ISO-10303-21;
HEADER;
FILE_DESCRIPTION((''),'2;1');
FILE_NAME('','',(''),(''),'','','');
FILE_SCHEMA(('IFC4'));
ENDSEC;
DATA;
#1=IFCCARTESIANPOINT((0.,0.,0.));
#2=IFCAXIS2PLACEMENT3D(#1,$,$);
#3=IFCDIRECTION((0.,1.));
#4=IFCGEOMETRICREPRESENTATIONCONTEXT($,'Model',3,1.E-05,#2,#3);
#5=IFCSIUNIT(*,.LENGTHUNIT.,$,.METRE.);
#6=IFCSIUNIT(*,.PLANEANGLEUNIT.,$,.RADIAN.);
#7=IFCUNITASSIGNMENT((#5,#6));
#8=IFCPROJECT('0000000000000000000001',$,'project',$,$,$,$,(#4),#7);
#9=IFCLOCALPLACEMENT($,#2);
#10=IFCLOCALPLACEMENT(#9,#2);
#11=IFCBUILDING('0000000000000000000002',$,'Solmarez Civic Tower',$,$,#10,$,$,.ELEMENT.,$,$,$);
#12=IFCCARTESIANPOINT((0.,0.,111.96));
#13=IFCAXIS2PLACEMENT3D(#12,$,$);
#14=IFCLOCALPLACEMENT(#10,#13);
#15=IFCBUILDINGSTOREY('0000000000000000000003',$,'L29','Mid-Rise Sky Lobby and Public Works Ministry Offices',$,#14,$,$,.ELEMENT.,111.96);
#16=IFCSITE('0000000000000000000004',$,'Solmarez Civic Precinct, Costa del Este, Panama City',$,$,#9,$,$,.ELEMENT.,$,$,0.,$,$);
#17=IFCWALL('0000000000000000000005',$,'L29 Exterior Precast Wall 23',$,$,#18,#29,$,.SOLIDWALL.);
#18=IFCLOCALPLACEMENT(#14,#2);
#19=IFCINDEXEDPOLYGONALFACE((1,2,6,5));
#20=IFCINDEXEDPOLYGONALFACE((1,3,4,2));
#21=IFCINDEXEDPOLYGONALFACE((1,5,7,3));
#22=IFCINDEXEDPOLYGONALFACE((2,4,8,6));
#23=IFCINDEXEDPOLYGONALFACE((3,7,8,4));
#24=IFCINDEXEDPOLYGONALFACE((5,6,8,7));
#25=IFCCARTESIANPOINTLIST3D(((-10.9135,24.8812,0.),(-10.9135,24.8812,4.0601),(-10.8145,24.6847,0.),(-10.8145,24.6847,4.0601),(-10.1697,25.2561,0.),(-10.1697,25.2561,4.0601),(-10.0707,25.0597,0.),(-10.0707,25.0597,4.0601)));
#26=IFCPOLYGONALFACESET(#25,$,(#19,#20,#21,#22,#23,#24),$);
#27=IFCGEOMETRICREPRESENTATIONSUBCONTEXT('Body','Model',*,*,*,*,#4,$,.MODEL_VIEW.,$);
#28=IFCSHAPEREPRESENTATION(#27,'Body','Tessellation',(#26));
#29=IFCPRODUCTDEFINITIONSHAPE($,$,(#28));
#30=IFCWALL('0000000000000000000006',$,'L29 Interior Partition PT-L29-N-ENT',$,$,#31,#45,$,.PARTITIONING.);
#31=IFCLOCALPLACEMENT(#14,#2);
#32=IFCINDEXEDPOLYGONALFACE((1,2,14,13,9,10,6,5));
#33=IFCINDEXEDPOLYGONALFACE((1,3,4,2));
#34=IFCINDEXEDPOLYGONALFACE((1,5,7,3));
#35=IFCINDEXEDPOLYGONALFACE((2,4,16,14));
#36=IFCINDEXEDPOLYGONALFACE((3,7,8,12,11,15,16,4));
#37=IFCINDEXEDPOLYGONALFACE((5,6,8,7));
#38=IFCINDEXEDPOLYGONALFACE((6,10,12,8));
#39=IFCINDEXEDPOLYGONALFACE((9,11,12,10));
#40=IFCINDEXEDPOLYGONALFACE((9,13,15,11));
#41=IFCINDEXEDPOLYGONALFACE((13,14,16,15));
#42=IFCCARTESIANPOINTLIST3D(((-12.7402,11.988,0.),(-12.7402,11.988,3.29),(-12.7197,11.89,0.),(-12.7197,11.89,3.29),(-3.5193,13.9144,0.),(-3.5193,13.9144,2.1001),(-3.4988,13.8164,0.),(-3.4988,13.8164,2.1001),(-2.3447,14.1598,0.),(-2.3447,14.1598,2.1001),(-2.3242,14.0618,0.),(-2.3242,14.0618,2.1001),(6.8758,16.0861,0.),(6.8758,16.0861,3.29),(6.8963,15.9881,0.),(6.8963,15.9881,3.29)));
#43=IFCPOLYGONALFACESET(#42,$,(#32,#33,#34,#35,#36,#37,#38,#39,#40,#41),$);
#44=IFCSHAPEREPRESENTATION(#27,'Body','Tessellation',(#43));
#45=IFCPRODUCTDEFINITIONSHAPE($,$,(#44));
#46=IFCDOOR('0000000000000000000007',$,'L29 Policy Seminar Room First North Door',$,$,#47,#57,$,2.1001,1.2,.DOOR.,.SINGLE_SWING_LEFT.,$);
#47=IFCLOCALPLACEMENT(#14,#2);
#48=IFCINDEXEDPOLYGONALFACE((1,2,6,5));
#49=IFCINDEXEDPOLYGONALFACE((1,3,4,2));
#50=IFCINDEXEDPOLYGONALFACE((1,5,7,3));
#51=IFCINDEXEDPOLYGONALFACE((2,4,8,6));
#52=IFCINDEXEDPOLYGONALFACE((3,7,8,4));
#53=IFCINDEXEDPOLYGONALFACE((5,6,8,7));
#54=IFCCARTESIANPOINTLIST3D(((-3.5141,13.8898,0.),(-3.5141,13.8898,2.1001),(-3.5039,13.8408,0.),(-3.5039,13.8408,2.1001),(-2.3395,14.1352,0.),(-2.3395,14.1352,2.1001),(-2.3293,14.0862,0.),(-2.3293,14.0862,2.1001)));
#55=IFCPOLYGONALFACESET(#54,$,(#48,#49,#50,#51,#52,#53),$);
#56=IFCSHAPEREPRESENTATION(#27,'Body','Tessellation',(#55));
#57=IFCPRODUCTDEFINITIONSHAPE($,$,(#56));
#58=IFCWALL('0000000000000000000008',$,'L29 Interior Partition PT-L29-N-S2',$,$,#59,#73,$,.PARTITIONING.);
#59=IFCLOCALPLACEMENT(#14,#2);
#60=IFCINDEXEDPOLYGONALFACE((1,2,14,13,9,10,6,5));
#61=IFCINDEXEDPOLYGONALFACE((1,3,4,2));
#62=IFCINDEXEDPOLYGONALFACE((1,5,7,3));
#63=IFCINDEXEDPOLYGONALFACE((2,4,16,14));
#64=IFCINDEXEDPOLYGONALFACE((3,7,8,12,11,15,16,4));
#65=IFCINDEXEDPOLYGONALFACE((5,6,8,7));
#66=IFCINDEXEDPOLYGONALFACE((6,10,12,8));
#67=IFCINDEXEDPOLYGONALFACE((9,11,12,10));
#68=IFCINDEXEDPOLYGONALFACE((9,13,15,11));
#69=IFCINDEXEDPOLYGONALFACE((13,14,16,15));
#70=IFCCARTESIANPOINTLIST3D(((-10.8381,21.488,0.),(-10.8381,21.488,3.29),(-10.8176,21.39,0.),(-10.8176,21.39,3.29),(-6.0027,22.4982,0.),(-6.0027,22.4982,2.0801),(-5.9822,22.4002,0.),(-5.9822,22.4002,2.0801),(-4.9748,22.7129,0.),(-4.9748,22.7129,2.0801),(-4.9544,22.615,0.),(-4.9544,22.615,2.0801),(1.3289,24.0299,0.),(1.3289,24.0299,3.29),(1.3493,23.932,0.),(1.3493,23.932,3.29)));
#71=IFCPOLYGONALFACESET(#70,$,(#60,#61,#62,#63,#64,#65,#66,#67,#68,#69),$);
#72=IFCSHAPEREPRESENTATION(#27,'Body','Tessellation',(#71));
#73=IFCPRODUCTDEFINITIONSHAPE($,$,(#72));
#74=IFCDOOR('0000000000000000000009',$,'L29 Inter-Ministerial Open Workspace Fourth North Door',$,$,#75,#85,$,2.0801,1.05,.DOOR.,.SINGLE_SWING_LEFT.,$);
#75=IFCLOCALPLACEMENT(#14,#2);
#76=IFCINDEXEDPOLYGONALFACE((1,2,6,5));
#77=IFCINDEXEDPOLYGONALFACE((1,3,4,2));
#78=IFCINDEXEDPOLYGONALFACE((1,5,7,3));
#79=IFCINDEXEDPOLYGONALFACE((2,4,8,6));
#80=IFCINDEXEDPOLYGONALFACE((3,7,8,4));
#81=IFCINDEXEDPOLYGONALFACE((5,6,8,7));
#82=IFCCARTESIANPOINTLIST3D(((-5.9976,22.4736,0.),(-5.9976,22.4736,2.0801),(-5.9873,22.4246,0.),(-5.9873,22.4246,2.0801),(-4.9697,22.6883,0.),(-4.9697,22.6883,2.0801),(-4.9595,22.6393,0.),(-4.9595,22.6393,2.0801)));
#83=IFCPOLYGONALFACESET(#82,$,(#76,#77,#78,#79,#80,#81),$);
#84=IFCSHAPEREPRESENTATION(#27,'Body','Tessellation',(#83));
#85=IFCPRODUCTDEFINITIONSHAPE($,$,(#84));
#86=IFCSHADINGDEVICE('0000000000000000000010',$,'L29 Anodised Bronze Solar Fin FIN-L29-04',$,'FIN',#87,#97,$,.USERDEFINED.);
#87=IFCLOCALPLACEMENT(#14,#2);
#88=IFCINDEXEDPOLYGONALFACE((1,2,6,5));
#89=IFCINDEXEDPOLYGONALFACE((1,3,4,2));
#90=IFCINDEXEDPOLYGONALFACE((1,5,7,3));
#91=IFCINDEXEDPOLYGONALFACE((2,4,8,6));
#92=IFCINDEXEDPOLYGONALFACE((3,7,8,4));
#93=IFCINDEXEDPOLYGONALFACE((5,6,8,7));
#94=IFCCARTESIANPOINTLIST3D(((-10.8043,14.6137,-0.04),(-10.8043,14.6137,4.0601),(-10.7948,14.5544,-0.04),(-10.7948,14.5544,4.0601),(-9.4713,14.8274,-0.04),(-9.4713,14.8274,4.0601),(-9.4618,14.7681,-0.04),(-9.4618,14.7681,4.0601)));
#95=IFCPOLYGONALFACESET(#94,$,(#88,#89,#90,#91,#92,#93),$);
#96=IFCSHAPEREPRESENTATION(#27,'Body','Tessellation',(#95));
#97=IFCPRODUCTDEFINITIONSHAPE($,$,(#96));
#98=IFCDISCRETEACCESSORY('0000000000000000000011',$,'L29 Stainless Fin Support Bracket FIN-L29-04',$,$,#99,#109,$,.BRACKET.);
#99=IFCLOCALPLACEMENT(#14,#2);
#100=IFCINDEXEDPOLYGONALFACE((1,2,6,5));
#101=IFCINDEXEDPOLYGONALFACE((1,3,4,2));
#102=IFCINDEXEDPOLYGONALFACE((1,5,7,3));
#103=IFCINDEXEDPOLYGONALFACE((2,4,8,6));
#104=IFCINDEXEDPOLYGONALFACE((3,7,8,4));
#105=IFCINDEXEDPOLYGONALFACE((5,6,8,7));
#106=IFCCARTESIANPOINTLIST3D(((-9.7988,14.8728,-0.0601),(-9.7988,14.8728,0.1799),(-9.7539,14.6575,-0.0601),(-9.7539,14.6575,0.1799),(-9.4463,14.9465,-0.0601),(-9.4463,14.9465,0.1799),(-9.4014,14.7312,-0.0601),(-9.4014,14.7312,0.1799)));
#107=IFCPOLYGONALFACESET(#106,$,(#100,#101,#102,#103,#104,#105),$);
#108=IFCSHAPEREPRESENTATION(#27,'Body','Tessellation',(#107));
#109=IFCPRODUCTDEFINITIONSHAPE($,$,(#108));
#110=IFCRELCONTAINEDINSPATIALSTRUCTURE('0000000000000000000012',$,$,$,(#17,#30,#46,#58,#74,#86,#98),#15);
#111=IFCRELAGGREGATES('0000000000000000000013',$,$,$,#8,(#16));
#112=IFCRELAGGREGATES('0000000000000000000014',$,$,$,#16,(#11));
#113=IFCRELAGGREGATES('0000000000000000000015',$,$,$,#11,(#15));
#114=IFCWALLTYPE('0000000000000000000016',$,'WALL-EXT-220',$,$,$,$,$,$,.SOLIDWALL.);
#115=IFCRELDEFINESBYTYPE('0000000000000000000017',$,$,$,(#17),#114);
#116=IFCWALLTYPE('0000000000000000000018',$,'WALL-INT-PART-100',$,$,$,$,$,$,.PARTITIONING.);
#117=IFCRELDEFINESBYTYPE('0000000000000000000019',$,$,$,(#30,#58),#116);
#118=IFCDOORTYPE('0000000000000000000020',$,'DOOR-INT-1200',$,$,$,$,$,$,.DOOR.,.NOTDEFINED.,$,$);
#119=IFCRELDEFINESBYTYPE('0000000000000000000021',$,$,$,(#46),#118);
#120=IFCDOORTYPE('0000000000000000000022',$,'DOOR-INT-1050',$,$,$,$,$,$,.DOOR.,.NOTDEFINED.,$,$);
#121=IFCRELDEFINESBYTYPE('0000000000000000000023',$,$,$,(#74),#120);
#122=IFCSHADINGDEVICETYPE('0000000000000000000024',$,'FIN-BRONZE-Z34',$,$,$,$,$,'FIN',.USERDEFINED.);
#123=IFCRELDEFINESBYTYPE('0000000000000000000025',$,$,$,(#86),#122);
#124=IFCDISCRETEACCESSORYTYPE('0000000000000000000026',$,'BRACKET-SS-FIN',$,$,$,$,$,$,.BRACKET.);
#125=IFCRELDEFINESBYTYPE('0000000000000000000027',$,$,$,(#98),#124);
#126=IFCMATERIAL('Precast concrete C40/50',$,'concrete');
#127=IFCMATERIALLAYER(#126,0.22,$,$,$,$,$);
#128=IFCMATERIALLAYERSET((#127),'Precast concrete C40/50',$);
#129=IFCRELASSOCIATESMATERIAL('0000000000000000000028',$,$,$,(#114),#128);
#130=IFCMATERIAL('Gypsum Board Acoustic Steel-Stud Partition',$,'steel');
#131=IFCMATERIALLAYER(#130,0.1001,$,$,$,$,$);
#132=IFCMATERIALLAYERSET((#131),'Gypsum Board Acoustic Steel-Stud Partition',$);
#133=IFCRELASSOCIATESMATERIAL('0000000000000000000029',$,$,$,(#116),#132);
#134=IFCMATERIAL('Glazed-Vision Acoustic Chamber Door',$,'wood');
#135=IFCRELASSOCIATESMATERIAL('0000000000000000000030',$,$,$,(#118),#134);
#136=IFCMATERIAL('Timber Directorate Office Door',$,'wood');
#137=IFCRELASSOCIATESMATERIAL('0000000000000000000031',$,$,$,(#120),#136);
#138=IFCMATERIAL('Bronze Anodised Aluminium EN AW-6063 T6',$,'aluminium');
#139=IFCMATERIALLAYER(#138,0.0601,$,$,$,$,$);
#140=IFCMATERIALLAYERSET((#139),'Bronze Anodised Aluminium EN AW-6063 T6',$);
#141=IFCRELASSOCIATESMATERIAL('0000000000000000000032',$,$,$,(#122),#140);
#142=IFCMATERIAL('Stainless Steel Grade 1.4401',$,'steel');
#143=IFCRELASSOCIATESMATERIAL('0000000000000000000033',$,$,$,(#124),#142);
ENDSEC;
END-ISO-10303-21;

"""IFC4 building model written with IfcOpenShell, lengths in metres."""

from ifc_helpers import new_model, si_unit, direction, frame, frame_2d, origin, origin_2d, place, context, subcontext, project, spatial, rectangle, extrude, material, layer, layer_set, type_object, element, fill, save


model = new_model("IFC4")

# Units and contexts
model_context = context("Model", 3, precision=1e-05, world=origin(), true_north=direction((0.0, 1.0)))
body_context = subcontext(model_context, "Body", "Model", "MODEL_VIEW")
ifc_project = project(units=[si_unit("LENGTHUNIT", "METRE"), si_unit("PLANEANGLEUNIT", "RADIAN")], contexts=[model_context])

# Site, building, storey
site_placement = place(None, origin())
site = spatial("IfcSite", under=ifc_project, at=site_placement, Name="Solmarez Civic Precinct, Costa del Este, Panama City", CompositionType="ELEMENT", RefElevation=0.0)
building_placement = place(site_placement, origin())
building = spatial("IfcBuilding", under=site, at=building_placement, Name="Solmarez Civic Tower", CompositionType="ELEMENT")
storey_placement = place(building_placement, frame((0.0, 0.0, 111.96)))
storey = spatial("IfcBuildingStorey", under=building, at=storey_placement, Name="L29", Description="Mid-Rise Sky Lobby and Public Works Ministry Offices", CompositionType="ELEMENT", Elevation=111.96)

# Shared definitions
ifc_material_1 = material(Name="Bronze Anodised Aluminium EN AW-6063 T6", Category="aluminium")

# Shared definitions
ifc_material_2 = material(Name="Precast concrete C40/50", Category="concrete")
ifc_layer_1 = layer(ifc_material_2, 0.22)
ifc_layer_set_1 = layer_set([ifc_layer_1], Name="Precast concrete C40/50")
wall_type_1 = type_object("IfcWallType", Name="WALL-EXT-220", PredefinedType="SOLIDWALL", material=ifc_layer_set_1)

# Wall
wall_1_placement = place(storey_placement, frame((-10.864, 24.783, 0.0), z_axis=(0.0, 0.0, 1.0), x_axis=(0.892957, 0.450142, 0.0)))
element("IfcWall", 1, at=wall_1_placement, inside=storey, type_object=wall_type_1, Name="L29 Exterior Precast Wall 23", PredefinedType="SOLIDWALL", context=body_context, shape_type="SweptSolid", body=[
    extrude(rectangle(XDim=0.833, YDim=0.22, at=frame_2d((0.4165, 0.0))), origin(), (0.0, 0.0, 1.0), 4.0601),
])

# Walls, openings, doors
ifc_material_3 = material(Name="Gypsum Board Acoustic Steel-Stud Partition", Category="steel")
ifc_layer_2 = layer(ifc_material_3, 0.1001)
ifc_layer_set_2 = layer_set([ifc_layer_2], Name="Gypsum Board Acoustic Steel-Stud Partition")
wall_type_2 = type_object("IfcWallType", Name="WALL-INT-PART-100", PredefinedType="PARTITIONING", material=ifc_layer_set_2)
wall_2_placement = place(storey_placement, frame((-12.73, 11.939, 0.0), z_axis=(0.0, 0.0, 1.0), x_axis=(0.978866, 0.204503, 0.0)))
wall_2 = element("IfcWall", 2, at=wall_2_placement, inside=storey, type_object=wall_type_2, Name="L29 Interior Partition PT-L29-N-ENT", PredefinedType="PARTITIONING", context=body_context, shape_type="SweptSolid", body=[
    extrude(rectangle(XDim=20.0396, YDim=0.1001, at=frame_2d((10.0198, 0.0))), origin(), (0.0, 0.0, 1.0), 3.29),
])
opening_1_placement = place(wall_2_placement, frame((9.4199, 0.0, 0.0)))
opening_1 = element("IfcOpeningElement", 3, at=opening_1_placement, cuts=wall_2, PredefinedType="OPENING", context=body_context, shape_type="SweptSolid", body=[
    extrude(rectangle(XDim=1.2, YDim=2.1001, at=frame_2d((0.6001, 1.05))), frame((0.0, 0.0601, 0.0), z_axis=(0.0, -1.0, 0.0), x_axis=(1.0, 0.0, 0.0)), (0.0, 0.0, 1.0), 0.1201),
])
ifc_material_4 = material(Name="Glazed-Vision Acoustic Chamber Door", Category="wood")
door_type_1 = type_object("IfcDoorType", Name="DOOR-INT-1200", OperationType="NOTDEFINED", PredefinedType="DOOR", material=ifc_material_4)
door_1_placement = place(opening_1_placement, origin())
door_1 = element("IfcDoor", 4, at=door_1_placement, inside=storey, type_object=door_type_1, Name="L29 Policy Seminar Room First North Door", OperationType="SINGLE_SWING_LEFT", OverallHeight=2.1001, OverallWidth=1.2, PredefinedType="DOOR", context=body_context, shape_type="SweptSolid", body=[
    extrude(rectangle(XDim=1.2, YDim=2.1001, at=frame_2d((0.6001, 1.05))), frame((0.0, 0.0249, 0.0), z_axis=(0.0, -1.0, 0.0), x_axis=(1.0, 0.0, 0.0)), (0.0, 0.0, 1.0), 0.05),
])
fill(opening_1, door_1)
wall_3_placement = place(storey_placement, frame((-10.8279, 21.439, 0.0), z_axis=(0.0, 0.0, 1.0), x_axis=(0.978865, 0.20451, 0.0)))
wall_3 = element("IfcWall", 5, at=wall_3_placement, inside=storey, type_object=wall_type_2, Name="L29 Interior Partition PT-L29-N-S2", PredefinedType="PARTITIONING", context=body_context, shape_type="SweptSolid", body=[
    extrude(rectangle(XDim=12.4297, YDim=0.1001, at=frame_2d((6.2148, 0.0))), origin(), (0.0, 0.0, 1.0), 3.29),
])
opening_2_placement = place(wall_3_placement, frame((4.9399, 0.0, 0.0)))
opening_2 = element("IfcOpeningElement", 6, at=opening_2_placement, cuts=wall_3, PredefinedType="OPENING", context=body_context, shape_type="SweptSolid", body=[
    extrude(rectangle(XDim=1.05, YDim=2.0801, at=frame_2d((0.5249, 1.04))), frame((0.0, 0.0601, 0.0), z_axis=(0.0, -1.0, 0.0), x_axis=(1.0, 0.0, 0.0)), (0.0, 0.0, 1.0), 0.1201),
])
ifc_material_5 = material(Name="Timber Directorate Office Door", Category="wood")
door_type_2 = type_object("IfcDoorType", Name="DOOR-INT-1050", OperationType="NOTDEFINED", PredefinedType="DOOR", material=ifc_material_5)
door_2_placement = place(opening_2_placement, origin())
door_2 = element("IfcDoor", 7, at=door_2_placement, inside=storey, type_object=door_type_2, Name="L29 Inter-Ministerial Open Workspace Fourth North Door", OperationType="SINGLE_SWING_LEFT", OverallHeight=2.0801, OverallWidth=1.05, PredefinedType="DOOR", context=body_context, shape_type="SweptSolid", body=[
    extrude(rectangle(XDim=1.05, YDim=2.0801, at=frame_2d((0.5249, 1.04))), frame((0.0, 0.0249, 0.0), z_axis=(0.0, -1.0, 0.0), x_axis=(1.0, 0.0, 0.0)), (0.0, 0.0, 1.0), 0.05),
])
fill(opening_2, door_2)

# Shading device
ifc_layer_3 = layer(ifc_material_1, 0.0601)
ifc_layer_set_3 = layer_set([ifc_layer_3], Name="Bronze Anodised Aluminium EN AW-6063 T6")
shading_device_type = type_object("IfcShadingDeviceType", Name="FIN-BRONZE-Z34", ElementType="FIN", PredefinedType="USERDEFINED", material=ifc_layer_set_3)
shading_device_placement = place(storey_placement, frame((-10.1331, 14.6909, -0.04), z_axis=(0.0, 0.0, 1.0), x_axis=(-0.987386, -0.15833, 0.0)))
element("IfcShadingDevice", 8, at=shading_device_placement, inside=storey, type_object=shading_device_type, Name="L29 Anodised Bronze Solar Fin FIN-L29-04", ObjectType="FIN", PredefinedType="USERDEFINED", context=body_context, shape_type="SweptSolid", body=[
    extrude(rectangle(XDim=1.3501, YDim=0.0601, at=origin_2d()), origin(), (0.0, 0.0, 1.0), 4.1001),
])

# Discrete accessory
ifc_material_6 = material(Name="Stainless Steel Grade 1.4401", Category="steel")
discrete_accessory_type = type_object("IfcDiscreteAccessoryType", Name="BRACKET-SS-FIN", PredefinedType="BRACKET", material=ifc_material_6)
discrete_accessory_placement = place(storey_placement, frame((-9.6001, 14.802, -0.0601), z_axis=(0.0, 0.0, 1.0), x_axis=(-0.978873, -0.204467, 0.0)))
element("IfcDiscreteAccessory", 9, at=discrete_accessory_placement, inside=storey, type_object=discrete_accessory_type, Name="L29 Stainless Fin Support Bracket FIN-L29-04", PredefinedType="BRACKET", context=body_context, shape_type="SweptSolid", body=[
    extrude(rectangle(XDim=0.3601, YDim=0.22, at=origin_2d()), origin(), (0.0, 0.0, 1.0), 0.24),
])

save(model, "model.ifc")
